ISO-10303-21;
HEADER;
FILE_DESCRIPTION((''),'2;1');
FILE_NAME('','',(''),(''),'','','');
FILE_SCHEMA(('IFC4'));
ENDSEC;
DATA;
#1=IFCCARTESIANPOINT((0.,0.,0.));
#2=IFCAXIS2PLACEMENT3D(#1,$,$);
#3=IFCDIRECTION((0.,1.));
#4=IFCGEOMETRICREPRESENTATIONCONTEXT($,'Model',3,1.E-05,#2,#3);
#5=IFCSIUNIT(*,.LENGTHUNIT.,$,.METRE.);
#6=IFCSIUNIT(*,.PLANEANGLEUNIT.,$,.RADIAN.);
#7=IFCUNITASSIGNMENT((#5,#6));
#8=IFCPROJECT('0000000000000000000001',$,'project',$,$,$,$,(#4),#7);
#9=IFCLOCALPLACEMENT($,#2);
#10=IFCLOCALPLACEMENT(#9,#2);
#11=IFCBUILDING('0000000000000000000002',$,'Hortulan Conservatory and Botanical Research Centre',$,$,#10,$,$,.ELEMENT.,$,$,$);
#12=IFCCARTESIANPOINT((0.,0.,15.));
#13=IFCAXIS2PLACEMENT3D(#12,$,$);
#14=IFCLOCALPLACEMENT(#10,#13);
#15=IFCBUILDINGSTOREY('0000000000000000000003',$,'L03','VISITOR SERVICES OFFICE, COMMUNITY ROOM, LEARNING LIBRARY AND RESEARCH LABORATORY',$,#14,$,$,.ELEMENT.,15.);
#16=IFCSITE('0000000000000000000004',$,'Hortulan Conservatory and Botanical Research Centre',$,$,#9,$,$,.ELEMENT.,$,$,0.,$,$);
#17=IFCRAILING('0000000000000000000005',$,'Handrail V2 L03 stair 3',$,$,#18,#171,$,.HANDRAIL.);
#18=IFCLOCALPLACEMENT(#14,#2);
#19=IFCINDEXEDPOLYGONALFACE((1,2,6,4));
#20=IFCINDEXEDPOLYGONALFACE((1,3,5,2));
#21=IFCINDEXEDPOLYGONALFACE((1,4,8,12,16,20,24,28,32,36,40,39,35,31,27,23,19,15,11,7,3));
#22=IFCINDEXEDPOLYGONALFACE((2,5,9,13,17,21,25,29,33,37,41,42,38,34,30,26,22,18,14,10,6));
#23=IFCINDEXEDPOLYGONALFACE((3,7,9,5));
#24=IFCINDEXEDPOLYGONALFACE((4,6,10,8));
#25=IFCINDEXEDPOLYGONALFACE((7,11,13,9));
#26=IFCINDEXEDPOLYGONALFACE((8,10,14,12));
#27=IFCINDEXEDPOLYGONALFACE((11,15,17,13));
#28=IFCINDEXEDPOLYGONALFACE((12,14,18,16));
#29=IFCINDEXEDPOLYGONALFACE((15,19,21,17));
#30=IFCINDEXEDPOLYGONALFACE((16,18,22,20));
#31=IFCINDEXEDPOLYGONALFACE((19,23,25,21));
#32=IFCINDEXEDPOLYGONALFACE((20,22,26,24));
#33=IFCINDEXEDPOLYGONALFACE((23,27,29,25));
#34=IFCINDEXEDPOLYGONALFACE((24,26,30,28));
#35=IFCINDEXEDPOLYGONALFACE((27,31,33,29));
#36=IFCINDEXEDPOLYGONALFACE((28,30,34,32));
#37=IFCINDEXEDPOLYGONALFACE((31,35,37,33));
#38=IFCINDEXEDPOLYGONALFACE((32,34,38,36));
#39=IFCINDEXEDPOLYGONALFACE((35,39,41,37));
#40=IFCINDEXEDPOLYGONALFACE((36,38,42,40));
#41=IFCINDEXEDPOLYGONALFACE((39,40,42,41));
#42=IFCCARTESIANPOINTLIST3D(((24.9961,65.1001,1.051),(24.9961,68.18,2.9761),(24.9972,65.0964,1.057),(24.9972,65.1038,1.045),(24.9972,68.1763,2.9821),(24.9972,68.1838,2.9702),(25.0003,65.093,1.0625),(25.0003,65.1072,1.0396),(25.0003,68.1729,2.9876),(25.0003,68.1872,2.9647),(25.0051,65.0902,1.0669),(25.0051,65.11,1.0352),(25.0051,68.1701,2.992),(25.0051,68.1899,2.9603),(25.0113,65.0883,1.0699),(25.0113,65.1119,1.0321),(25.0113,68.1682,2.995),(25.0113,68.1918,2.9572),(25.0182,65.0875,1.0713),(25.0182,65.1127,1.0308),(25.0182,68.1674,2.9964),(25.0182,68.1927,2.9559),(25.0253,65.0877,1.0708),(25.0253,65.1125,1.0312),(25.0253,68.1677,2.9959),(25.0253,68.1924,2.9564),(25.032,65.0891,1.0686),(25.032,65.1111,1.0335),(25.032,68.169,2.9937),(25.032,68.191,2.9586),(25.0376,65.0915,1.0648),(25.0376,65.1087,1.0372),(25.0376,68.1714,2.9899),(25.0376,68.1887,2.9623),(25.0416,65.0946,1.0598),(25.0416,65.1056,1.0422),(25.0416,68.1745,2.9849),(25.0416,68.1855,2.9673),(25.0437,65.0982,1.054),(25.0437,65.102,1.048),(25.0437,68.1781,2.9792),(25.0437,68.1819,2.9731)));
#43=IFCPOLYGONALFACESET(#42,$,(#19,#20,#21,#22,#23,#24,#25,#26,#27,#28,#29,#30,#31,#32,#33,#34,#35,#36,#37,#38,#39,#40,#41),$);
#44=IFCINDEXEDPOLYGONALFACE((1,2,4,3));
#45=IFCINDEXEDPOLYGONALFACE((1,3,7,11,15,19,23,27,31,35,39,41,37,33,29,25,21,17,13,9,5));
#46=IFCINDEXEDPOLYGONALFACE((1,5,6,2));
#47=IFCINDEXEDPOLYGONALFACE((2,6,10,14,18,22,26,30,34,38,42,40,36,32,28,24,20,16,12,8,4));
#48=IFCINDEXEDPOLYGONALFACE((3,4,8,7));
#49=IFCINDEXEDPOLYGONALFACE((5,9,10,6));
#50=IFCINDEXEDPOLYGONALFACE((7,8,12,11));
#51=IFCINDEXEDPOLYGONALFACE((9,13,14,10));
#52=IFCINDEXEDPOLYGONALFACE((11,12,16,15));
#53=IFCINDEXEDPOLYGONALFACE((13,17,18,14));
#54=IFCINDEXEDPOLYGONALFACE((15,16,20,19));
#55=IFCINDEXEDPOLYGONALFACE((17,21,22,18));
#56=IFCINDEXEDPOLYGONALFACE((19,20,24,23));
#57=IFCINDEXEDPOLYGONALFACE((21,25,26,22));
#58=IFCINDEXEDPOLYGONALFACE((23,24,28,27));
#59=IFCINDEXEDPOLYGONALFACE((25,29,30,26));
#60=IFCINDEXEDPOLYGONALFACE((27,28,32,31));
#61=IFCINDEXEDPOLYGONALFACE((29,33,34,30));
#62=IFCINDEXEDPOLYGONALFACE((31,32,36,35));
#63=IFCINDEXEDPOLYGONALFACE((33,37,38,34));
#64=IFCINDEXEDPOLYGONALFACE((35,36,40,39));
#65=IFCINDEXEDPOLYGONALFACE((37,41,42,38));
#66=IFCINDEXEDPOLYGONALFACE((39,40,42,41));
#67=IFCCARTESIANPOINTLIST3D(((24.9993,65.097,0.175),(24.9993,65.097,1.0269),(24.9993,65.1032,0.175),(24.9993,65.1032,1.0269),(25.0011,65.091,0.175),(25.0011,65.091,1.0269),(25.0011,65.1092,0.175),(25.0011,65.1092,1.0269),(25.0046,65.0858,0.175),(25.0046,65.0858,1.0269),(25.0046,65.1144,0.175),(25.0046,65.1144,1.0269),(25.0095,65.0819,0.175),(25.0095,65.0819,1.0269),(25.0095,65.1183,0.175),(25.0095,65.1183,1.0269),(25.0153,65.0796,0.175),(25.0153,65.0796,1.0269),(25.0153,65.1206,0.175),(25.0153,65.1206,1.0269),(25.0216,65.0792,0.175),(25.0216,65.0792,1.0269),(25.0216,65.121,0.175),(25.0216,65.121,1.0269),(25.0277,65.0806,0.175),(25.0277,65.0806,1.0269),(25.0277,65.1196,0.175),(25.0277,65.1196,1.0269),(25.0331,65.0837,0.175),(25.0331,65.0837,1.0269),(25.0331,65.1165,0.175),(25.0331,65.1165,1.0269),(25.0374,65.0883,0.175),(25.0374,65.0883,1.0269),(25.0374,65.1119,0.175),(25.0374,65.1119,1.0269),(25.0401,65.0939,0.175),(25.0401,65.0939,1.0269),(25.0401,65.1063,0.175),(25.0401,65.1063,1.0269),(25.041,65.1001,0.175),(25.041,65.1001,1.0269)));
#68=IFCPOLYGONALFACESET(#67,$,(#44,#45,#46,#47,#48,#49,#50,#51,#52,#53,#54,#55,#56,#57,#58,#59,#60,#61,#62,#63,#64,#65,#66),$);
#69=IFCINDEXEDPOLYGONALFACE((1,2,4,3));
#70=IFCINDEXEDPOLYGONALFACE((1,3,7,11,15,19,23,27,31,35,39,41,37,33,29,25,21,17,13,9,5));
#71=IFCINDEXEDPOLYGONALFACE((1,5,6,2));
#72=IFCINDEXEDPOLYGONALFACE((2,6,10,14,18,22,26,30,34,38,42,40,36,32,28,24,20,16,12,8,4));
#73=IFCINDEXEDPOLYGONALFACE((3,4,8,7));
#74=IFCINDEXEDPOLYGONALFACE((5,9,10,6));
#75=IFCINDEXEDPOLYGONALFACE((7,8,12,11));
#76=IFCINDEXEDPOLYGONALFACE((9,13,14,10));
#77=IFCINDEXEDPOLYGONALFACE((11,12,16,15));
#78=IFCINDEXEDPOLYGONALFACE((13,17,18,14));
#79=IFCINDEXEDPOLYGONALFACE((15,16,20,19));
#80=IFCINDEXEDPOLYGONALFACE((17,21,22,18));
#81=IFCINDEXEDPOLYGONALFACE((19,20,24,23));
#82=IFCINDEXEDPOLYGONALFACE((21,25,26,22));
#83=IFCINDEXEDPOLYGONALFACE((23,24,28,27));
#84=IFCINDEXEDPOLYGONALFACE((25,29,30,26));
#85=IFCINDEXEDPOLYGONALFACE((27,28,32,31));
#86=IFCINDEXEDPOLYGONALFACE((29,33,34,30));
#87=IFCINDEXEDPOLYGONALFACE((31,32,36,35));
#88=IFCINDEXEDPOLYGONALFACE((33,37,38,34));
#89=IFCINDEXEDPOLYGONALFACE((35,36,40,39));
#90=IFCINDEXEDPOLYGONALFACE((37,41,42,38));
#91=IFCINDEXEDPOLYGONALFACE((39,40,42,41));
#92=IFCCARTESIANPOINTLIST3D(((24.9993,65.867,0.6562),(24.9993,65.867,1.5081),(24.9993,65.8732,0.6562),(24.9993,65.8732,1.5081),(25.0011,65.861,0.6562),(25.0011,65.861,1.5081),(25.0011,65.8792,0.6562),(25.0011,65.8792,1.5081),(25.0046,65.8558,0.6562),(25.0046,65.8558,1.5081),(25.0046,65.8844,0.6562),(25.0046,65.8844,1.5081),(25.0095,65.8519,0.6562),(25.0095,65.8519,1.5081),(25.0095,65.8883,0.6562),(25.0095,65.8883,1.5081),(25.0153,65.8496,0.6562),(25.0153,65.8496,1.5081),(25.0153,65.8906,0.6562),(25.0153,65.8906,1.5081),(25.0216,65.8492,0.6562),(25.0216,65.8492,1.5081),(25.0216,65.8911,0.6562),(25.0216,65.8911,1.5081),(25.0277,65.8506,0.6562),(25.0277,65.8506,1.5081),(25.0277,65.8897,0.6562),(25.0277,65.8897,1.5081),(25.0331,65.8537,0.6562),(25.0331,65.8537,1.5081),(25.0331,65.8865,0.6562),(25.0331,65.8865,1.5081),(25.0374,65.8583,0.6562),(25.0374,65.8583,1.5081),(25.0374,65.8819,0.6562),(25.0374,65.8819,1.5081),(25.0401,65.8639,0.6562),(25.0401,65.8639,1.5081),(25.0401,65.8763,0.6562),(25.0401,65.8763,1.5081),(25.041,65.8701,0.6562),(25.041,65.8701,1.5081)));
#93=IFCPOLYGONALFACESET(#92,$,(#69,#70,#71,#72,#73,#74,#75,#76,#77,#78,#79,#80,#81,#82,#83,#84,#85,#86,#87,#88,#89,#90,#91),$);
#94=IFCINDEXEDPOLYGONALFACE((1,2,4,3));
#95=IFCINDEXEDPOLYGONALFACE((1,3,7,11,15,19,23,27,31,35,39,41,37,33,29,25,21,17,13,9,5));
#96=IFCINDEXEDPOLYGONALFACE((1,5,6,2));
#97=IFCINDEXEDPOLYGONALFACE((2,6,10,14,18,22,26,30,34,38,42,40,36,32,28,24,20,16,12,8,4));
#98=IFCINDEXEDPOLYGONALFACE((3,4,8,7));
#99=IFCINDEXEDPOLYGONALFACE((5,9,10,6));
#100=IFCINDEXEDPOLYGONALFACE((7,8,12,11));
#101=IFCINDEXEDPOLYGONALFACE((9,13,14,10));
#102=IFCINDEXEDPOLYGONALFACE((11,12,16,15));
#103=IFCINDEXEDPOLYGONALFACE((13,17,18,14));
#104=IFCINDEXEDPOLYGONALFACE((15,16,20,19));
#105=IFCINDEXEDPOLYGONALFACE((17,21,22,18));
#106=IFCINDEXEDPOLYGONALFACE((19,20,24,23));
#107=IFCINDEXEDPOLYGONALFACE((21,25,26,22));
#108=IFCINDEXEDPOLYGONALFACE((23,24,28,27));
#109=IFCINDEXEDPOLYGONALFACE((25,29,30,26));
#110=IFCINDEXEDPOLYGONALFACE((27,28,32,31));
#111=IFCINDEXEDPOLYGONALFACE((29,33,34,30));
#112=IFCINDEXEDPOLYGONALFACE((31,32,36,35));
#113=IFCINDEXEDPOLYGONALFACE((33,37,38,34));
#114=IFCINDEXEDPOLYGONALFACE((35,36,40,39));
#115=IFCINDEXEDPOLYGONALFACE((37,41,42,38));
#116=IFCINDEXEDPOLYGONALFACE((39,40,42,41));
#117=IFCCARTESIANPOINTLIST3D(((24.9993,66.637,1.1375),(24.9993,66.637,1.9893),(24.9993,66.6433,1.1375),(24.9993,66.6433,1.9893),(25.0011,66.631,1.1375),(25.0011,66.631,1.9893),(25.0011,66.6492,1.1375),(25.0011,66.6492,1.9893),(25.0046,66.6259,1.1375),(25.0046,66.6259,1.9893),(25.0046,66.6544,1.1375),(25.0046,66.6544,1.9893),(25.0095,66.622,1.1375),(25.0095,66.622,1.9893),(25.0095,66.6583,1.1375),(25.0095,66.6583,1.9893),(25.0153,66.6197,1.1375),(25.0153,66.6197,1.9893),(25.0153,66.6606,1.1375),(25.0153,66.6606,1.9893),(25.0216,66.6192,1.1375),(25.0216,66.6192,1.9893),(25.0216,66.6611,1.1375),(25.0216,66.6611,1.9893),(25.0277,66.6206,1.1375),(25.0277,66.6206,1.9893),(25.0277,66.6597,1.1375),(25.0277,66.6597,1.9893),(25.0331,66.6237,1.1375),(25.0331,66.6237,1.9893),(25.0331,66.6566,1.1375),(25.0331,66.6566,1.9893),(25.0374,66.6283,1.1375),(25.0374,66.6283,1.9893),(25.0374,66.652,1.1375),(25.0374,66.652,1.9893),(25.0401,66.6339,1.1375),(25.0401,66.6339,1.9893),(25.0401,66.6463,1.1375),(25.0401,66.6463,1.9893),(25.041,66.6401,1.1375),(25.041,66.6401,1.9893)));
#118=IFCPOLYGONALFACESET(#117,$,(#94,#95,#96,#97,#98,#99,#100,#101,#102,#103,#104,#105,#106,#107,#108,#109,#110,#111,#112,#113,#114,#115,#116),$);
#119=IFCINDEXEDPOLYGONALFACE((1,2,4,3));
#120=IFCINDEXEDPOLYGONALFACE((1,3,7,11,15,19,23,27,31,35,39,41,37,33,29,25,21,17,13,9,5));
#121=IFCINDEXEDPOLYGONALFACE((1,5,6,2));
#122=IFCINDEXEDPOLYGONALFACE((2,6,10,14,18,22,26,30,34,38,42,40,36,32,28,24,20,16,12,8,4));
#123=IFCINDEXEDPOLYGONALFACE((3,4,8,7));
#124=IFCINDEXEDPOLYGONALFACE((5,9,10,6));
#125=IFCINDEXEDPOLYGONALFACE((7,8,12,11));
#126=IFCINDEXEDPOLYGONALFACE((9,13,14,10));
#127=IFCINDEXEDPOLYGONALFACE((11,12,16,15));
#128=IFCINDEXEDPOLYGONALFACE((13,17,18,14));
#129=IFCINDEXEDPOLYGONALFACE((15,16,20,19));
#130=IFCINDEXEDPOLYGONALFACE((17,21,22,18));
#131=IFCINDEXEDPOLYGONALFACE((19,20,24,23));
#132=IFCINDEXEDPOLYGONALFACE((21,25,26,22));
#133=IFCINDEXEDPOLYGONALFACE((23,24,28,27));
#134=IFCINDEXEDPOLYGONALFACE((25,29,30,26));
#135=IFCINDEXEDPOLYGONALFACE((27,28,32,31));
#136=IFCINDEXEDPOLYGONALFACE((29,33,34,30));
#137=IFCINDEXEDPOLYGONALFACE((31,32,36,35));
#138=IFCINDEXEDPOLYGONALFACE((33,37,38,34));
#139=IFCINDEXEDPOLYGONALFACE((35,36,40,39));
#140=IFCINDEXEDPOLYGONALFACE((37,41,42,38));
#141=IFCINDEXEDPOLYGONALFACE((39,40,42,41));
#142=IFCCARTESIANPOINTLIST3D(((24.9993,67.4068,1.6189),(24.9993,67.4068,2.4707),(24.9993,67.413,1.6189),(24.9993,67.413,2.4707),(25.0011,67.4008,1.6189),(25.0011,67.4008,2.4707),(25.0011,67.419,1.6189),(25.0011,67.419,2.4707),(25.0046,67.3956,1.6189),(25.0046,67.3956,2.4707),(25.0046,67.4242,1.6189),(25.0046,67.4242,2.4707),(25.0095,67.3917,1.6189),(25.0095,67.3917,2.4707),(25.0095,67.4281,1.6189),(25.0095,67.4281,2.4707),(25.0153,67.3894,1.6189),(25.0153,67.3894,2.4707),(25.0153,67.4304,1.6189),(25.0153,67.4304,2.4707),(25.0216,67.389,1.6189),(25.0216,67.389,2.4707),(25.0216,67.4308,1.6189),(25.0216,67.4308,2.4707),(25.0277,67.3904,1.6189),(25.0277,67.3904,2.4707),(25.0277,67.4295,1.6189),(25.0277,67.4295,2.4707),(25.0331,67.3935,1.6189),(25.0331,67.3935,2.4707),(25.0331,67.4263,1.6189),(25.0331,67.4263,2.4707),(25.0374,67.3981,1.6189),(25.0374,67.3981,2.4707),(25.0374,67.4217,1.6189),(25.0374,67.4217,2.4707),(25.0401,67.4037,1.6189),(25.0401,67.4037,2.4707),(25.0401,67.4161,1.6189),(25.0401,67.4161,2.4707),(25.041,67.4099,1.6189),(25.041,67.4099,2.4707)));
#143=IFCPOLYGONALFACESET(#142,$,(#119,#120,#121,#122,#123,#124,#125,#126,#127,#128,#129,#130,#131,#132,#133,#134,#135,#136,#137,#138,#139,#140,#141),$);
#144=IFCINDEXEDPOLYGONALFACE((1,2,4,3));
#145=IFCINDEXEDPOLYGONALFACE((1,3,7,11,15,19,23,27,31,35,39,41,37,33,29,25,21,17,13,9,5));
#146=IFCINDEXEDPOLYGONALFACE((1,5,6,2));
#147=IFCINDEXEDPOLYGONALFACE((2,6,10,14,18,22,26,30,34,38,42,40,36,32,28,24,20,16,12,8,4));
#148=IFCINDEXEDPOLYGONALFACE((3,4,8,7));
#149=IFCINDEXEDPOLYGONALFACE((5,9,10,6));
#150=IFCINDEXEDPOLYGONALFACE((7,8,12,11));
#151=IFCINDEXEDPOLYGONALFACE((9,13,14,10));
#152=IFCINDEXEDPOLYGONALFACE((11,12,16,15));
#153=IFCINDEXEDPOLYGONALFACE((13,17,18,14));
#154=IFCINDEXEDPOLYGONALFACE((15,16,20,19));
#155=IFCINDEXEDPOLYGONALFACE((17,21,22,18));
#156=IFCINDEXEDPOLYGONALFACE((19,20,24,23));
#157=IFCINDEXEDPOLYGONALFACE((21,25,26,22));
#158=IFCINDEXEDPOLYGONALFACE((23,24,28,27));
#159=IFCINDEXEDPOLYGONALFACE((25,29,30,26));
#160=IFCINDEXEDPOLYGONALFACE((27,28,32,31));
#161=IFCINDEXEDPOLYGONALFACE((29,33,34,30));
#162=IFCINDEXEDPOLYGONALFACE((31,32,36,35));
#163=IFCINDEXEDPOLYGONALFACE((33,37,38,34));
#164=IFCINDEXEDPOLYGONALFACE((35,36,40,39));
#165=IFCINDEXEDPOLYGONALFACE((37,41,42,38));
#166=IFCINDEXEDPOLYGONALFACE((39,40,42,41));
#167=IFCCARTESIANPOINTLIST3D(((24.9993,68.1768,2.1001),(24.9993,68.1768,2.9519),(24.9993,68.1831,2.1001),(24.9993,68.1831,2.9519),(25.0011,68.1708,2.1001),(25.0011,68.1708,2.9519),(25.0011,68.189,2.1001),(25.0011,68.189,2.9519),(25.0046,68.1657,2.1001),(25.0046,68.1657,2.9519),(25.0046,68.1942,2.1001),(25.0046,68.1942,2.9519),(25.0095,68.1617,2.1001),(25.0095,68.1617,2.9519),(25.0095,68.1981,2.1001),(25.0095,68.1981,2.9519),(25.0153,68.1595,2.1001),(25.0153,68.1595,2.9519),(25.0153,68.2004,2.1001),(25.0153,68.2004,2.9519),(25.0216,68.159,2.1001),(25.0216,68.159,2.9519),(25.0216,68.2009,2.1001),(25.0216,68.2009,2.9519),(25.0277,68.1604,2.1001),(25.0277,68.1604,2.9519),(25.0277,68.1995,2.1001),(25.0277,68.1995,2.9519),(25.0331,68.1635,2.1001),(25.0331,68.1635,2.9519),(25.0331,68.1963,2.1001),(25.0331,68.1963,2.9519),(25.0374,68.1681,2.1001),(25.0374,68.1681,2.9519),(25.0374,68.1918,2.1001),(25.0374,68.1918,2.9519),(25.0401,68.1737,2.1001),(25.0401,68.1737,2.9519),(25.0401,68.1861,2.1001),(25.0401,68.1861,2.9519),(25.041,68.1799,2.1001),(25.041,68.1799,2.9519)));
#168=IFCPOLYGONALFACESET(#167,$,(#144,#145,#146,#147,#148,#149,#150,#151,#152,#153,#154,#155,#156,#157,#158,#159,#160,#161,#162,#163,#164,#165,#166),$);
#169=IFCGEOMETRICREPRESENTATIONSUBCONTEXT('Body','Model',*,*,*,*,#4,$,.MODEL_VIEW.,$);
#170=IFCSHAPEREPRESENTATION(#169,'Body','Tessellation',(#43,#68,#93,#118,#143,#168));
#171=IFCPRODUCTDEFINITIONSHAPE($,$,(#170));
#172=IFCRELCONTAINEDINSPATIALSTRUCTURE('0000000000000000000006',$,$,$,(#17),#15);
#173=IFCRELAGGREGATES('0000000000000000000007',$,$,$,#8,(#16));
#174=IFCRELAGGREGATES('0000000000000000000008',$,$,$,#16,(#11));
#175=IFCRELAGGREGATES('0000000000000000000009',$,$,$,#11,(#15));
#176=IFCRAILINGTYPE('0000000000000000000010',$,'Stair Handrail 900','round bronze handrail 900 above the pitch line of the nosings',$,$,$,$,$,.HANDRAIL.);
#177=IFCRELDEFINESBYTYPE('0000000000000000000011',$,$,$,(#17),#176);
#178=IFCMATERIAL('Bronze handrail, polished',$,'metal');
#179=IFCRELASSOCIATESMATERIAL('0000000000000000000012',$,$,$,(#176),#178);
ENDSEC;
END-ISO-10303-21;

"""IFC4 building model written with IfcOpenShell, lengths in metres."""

from ifc_helpers import new_model, si_unit, direction, frame, origin, origin_2d, place, context, subcontext, project, spatial, circle, extrude, material, type_object, element, save


model = new_model("IFC4")

# Units and contexts
model_context = context("Model", 3, precision=1e-05, world=origin(), true_north=direction((0.0, 1.0)))
body_context = subcontext(model_context, "Body", "Model", "MODEL_VIEW")
ifc_project = project(units=[si_unit("LENGTHUNIT", "METRE"), si_unit("PLANEANGLEUNIT", "RADIAN")], contexts=[model_context])

# Site, building, storey
site_placement = place(None, origin())
site = spatial("IfcSite", under=ifc_project, at=site_placement, Name="Hortulan Conservatory and Botanical Research Centre", CompositionType="ELEMENT", RefElevation=0.0)
building_placement = place(site_placement, origin())
building = spatial("IfcBuilding", under=site, at=building_placement, Name="Hortulan Conservatory and Botanical Research Centre", CompositionType="ELEMENT")
storey_placement = place(building_placement, frame((0.0, 0.0, 15.0)))
storey = spatial("IfcBuildingStorey", under=building, at=storey_placement, Name="L03", Description="VISITOR SERVICES OFFICE, COMMUNITY ROOM, LEARNING LIBRARY AND RESEARCH LABORATORY", CompositionType="ELEMENT", Elevation=15.0)

# Railing
ifc_material_1 = material(Name="Bronze handrail, polished", Category="metal")
railing_type_1 = type_object("IfcRailingType", Name="Stair Handrail 900", Description="round bronze handrail 900 above the pitch line of the nosings", PredefinedType="HANDRAIL", material=ifc_material_1)
for number, where, name in (
    (1, (25.02, 65.1001, 0.175), "Handrail V2 L03 stair 3"),
):
    element("IfcRailing", number, at=place(storey_placement, frame(where)), inside=storey, type_object=railing_type_1, Name=name, PredefinedType="HANDRAIL", context=body_context, shape_type="SweptSolid", body=[
        extrude(circle(Radius=0.0239, at=origin_2d()), frame((0.0, 0.0, 0.876), z_axis=(0.0, 0.847979, 0.530029), x_axis=(-1.0, 0.0, 0.0)), (0.0, 0.0, 1.0), 3.6321),
        extrude(circle(Radius=0.021, at=origin_2d()), origin(), (0.0, 0.0, 1.0), 0.8518),
        extrude(circle(Radius=0.021, at=origin_2d()), frame((0.0, 0.77, 0.4812)), (0.0, 0.0, 1.0), 0.8518),
        extrude(circle(Radius=0.021, at=origin_2d()), frame((0.0, 1.54, 0.9624)), (0.0, 0.0, 1.0), 0.8518),
        extrude(circle(Radius=0.021, at=origin_2d()), frame((0.0, 2.3098, 1.4438)), (0.0, 0.0, 1.0), 0.8518),
        extrude(circle(Radius=0.021, at=origin_2d()), frame((0.0, 3.0798, 1.925)), (0.0, 0.0, 1.0), 0.8518),
    ])

save(model, "model.ifc")
